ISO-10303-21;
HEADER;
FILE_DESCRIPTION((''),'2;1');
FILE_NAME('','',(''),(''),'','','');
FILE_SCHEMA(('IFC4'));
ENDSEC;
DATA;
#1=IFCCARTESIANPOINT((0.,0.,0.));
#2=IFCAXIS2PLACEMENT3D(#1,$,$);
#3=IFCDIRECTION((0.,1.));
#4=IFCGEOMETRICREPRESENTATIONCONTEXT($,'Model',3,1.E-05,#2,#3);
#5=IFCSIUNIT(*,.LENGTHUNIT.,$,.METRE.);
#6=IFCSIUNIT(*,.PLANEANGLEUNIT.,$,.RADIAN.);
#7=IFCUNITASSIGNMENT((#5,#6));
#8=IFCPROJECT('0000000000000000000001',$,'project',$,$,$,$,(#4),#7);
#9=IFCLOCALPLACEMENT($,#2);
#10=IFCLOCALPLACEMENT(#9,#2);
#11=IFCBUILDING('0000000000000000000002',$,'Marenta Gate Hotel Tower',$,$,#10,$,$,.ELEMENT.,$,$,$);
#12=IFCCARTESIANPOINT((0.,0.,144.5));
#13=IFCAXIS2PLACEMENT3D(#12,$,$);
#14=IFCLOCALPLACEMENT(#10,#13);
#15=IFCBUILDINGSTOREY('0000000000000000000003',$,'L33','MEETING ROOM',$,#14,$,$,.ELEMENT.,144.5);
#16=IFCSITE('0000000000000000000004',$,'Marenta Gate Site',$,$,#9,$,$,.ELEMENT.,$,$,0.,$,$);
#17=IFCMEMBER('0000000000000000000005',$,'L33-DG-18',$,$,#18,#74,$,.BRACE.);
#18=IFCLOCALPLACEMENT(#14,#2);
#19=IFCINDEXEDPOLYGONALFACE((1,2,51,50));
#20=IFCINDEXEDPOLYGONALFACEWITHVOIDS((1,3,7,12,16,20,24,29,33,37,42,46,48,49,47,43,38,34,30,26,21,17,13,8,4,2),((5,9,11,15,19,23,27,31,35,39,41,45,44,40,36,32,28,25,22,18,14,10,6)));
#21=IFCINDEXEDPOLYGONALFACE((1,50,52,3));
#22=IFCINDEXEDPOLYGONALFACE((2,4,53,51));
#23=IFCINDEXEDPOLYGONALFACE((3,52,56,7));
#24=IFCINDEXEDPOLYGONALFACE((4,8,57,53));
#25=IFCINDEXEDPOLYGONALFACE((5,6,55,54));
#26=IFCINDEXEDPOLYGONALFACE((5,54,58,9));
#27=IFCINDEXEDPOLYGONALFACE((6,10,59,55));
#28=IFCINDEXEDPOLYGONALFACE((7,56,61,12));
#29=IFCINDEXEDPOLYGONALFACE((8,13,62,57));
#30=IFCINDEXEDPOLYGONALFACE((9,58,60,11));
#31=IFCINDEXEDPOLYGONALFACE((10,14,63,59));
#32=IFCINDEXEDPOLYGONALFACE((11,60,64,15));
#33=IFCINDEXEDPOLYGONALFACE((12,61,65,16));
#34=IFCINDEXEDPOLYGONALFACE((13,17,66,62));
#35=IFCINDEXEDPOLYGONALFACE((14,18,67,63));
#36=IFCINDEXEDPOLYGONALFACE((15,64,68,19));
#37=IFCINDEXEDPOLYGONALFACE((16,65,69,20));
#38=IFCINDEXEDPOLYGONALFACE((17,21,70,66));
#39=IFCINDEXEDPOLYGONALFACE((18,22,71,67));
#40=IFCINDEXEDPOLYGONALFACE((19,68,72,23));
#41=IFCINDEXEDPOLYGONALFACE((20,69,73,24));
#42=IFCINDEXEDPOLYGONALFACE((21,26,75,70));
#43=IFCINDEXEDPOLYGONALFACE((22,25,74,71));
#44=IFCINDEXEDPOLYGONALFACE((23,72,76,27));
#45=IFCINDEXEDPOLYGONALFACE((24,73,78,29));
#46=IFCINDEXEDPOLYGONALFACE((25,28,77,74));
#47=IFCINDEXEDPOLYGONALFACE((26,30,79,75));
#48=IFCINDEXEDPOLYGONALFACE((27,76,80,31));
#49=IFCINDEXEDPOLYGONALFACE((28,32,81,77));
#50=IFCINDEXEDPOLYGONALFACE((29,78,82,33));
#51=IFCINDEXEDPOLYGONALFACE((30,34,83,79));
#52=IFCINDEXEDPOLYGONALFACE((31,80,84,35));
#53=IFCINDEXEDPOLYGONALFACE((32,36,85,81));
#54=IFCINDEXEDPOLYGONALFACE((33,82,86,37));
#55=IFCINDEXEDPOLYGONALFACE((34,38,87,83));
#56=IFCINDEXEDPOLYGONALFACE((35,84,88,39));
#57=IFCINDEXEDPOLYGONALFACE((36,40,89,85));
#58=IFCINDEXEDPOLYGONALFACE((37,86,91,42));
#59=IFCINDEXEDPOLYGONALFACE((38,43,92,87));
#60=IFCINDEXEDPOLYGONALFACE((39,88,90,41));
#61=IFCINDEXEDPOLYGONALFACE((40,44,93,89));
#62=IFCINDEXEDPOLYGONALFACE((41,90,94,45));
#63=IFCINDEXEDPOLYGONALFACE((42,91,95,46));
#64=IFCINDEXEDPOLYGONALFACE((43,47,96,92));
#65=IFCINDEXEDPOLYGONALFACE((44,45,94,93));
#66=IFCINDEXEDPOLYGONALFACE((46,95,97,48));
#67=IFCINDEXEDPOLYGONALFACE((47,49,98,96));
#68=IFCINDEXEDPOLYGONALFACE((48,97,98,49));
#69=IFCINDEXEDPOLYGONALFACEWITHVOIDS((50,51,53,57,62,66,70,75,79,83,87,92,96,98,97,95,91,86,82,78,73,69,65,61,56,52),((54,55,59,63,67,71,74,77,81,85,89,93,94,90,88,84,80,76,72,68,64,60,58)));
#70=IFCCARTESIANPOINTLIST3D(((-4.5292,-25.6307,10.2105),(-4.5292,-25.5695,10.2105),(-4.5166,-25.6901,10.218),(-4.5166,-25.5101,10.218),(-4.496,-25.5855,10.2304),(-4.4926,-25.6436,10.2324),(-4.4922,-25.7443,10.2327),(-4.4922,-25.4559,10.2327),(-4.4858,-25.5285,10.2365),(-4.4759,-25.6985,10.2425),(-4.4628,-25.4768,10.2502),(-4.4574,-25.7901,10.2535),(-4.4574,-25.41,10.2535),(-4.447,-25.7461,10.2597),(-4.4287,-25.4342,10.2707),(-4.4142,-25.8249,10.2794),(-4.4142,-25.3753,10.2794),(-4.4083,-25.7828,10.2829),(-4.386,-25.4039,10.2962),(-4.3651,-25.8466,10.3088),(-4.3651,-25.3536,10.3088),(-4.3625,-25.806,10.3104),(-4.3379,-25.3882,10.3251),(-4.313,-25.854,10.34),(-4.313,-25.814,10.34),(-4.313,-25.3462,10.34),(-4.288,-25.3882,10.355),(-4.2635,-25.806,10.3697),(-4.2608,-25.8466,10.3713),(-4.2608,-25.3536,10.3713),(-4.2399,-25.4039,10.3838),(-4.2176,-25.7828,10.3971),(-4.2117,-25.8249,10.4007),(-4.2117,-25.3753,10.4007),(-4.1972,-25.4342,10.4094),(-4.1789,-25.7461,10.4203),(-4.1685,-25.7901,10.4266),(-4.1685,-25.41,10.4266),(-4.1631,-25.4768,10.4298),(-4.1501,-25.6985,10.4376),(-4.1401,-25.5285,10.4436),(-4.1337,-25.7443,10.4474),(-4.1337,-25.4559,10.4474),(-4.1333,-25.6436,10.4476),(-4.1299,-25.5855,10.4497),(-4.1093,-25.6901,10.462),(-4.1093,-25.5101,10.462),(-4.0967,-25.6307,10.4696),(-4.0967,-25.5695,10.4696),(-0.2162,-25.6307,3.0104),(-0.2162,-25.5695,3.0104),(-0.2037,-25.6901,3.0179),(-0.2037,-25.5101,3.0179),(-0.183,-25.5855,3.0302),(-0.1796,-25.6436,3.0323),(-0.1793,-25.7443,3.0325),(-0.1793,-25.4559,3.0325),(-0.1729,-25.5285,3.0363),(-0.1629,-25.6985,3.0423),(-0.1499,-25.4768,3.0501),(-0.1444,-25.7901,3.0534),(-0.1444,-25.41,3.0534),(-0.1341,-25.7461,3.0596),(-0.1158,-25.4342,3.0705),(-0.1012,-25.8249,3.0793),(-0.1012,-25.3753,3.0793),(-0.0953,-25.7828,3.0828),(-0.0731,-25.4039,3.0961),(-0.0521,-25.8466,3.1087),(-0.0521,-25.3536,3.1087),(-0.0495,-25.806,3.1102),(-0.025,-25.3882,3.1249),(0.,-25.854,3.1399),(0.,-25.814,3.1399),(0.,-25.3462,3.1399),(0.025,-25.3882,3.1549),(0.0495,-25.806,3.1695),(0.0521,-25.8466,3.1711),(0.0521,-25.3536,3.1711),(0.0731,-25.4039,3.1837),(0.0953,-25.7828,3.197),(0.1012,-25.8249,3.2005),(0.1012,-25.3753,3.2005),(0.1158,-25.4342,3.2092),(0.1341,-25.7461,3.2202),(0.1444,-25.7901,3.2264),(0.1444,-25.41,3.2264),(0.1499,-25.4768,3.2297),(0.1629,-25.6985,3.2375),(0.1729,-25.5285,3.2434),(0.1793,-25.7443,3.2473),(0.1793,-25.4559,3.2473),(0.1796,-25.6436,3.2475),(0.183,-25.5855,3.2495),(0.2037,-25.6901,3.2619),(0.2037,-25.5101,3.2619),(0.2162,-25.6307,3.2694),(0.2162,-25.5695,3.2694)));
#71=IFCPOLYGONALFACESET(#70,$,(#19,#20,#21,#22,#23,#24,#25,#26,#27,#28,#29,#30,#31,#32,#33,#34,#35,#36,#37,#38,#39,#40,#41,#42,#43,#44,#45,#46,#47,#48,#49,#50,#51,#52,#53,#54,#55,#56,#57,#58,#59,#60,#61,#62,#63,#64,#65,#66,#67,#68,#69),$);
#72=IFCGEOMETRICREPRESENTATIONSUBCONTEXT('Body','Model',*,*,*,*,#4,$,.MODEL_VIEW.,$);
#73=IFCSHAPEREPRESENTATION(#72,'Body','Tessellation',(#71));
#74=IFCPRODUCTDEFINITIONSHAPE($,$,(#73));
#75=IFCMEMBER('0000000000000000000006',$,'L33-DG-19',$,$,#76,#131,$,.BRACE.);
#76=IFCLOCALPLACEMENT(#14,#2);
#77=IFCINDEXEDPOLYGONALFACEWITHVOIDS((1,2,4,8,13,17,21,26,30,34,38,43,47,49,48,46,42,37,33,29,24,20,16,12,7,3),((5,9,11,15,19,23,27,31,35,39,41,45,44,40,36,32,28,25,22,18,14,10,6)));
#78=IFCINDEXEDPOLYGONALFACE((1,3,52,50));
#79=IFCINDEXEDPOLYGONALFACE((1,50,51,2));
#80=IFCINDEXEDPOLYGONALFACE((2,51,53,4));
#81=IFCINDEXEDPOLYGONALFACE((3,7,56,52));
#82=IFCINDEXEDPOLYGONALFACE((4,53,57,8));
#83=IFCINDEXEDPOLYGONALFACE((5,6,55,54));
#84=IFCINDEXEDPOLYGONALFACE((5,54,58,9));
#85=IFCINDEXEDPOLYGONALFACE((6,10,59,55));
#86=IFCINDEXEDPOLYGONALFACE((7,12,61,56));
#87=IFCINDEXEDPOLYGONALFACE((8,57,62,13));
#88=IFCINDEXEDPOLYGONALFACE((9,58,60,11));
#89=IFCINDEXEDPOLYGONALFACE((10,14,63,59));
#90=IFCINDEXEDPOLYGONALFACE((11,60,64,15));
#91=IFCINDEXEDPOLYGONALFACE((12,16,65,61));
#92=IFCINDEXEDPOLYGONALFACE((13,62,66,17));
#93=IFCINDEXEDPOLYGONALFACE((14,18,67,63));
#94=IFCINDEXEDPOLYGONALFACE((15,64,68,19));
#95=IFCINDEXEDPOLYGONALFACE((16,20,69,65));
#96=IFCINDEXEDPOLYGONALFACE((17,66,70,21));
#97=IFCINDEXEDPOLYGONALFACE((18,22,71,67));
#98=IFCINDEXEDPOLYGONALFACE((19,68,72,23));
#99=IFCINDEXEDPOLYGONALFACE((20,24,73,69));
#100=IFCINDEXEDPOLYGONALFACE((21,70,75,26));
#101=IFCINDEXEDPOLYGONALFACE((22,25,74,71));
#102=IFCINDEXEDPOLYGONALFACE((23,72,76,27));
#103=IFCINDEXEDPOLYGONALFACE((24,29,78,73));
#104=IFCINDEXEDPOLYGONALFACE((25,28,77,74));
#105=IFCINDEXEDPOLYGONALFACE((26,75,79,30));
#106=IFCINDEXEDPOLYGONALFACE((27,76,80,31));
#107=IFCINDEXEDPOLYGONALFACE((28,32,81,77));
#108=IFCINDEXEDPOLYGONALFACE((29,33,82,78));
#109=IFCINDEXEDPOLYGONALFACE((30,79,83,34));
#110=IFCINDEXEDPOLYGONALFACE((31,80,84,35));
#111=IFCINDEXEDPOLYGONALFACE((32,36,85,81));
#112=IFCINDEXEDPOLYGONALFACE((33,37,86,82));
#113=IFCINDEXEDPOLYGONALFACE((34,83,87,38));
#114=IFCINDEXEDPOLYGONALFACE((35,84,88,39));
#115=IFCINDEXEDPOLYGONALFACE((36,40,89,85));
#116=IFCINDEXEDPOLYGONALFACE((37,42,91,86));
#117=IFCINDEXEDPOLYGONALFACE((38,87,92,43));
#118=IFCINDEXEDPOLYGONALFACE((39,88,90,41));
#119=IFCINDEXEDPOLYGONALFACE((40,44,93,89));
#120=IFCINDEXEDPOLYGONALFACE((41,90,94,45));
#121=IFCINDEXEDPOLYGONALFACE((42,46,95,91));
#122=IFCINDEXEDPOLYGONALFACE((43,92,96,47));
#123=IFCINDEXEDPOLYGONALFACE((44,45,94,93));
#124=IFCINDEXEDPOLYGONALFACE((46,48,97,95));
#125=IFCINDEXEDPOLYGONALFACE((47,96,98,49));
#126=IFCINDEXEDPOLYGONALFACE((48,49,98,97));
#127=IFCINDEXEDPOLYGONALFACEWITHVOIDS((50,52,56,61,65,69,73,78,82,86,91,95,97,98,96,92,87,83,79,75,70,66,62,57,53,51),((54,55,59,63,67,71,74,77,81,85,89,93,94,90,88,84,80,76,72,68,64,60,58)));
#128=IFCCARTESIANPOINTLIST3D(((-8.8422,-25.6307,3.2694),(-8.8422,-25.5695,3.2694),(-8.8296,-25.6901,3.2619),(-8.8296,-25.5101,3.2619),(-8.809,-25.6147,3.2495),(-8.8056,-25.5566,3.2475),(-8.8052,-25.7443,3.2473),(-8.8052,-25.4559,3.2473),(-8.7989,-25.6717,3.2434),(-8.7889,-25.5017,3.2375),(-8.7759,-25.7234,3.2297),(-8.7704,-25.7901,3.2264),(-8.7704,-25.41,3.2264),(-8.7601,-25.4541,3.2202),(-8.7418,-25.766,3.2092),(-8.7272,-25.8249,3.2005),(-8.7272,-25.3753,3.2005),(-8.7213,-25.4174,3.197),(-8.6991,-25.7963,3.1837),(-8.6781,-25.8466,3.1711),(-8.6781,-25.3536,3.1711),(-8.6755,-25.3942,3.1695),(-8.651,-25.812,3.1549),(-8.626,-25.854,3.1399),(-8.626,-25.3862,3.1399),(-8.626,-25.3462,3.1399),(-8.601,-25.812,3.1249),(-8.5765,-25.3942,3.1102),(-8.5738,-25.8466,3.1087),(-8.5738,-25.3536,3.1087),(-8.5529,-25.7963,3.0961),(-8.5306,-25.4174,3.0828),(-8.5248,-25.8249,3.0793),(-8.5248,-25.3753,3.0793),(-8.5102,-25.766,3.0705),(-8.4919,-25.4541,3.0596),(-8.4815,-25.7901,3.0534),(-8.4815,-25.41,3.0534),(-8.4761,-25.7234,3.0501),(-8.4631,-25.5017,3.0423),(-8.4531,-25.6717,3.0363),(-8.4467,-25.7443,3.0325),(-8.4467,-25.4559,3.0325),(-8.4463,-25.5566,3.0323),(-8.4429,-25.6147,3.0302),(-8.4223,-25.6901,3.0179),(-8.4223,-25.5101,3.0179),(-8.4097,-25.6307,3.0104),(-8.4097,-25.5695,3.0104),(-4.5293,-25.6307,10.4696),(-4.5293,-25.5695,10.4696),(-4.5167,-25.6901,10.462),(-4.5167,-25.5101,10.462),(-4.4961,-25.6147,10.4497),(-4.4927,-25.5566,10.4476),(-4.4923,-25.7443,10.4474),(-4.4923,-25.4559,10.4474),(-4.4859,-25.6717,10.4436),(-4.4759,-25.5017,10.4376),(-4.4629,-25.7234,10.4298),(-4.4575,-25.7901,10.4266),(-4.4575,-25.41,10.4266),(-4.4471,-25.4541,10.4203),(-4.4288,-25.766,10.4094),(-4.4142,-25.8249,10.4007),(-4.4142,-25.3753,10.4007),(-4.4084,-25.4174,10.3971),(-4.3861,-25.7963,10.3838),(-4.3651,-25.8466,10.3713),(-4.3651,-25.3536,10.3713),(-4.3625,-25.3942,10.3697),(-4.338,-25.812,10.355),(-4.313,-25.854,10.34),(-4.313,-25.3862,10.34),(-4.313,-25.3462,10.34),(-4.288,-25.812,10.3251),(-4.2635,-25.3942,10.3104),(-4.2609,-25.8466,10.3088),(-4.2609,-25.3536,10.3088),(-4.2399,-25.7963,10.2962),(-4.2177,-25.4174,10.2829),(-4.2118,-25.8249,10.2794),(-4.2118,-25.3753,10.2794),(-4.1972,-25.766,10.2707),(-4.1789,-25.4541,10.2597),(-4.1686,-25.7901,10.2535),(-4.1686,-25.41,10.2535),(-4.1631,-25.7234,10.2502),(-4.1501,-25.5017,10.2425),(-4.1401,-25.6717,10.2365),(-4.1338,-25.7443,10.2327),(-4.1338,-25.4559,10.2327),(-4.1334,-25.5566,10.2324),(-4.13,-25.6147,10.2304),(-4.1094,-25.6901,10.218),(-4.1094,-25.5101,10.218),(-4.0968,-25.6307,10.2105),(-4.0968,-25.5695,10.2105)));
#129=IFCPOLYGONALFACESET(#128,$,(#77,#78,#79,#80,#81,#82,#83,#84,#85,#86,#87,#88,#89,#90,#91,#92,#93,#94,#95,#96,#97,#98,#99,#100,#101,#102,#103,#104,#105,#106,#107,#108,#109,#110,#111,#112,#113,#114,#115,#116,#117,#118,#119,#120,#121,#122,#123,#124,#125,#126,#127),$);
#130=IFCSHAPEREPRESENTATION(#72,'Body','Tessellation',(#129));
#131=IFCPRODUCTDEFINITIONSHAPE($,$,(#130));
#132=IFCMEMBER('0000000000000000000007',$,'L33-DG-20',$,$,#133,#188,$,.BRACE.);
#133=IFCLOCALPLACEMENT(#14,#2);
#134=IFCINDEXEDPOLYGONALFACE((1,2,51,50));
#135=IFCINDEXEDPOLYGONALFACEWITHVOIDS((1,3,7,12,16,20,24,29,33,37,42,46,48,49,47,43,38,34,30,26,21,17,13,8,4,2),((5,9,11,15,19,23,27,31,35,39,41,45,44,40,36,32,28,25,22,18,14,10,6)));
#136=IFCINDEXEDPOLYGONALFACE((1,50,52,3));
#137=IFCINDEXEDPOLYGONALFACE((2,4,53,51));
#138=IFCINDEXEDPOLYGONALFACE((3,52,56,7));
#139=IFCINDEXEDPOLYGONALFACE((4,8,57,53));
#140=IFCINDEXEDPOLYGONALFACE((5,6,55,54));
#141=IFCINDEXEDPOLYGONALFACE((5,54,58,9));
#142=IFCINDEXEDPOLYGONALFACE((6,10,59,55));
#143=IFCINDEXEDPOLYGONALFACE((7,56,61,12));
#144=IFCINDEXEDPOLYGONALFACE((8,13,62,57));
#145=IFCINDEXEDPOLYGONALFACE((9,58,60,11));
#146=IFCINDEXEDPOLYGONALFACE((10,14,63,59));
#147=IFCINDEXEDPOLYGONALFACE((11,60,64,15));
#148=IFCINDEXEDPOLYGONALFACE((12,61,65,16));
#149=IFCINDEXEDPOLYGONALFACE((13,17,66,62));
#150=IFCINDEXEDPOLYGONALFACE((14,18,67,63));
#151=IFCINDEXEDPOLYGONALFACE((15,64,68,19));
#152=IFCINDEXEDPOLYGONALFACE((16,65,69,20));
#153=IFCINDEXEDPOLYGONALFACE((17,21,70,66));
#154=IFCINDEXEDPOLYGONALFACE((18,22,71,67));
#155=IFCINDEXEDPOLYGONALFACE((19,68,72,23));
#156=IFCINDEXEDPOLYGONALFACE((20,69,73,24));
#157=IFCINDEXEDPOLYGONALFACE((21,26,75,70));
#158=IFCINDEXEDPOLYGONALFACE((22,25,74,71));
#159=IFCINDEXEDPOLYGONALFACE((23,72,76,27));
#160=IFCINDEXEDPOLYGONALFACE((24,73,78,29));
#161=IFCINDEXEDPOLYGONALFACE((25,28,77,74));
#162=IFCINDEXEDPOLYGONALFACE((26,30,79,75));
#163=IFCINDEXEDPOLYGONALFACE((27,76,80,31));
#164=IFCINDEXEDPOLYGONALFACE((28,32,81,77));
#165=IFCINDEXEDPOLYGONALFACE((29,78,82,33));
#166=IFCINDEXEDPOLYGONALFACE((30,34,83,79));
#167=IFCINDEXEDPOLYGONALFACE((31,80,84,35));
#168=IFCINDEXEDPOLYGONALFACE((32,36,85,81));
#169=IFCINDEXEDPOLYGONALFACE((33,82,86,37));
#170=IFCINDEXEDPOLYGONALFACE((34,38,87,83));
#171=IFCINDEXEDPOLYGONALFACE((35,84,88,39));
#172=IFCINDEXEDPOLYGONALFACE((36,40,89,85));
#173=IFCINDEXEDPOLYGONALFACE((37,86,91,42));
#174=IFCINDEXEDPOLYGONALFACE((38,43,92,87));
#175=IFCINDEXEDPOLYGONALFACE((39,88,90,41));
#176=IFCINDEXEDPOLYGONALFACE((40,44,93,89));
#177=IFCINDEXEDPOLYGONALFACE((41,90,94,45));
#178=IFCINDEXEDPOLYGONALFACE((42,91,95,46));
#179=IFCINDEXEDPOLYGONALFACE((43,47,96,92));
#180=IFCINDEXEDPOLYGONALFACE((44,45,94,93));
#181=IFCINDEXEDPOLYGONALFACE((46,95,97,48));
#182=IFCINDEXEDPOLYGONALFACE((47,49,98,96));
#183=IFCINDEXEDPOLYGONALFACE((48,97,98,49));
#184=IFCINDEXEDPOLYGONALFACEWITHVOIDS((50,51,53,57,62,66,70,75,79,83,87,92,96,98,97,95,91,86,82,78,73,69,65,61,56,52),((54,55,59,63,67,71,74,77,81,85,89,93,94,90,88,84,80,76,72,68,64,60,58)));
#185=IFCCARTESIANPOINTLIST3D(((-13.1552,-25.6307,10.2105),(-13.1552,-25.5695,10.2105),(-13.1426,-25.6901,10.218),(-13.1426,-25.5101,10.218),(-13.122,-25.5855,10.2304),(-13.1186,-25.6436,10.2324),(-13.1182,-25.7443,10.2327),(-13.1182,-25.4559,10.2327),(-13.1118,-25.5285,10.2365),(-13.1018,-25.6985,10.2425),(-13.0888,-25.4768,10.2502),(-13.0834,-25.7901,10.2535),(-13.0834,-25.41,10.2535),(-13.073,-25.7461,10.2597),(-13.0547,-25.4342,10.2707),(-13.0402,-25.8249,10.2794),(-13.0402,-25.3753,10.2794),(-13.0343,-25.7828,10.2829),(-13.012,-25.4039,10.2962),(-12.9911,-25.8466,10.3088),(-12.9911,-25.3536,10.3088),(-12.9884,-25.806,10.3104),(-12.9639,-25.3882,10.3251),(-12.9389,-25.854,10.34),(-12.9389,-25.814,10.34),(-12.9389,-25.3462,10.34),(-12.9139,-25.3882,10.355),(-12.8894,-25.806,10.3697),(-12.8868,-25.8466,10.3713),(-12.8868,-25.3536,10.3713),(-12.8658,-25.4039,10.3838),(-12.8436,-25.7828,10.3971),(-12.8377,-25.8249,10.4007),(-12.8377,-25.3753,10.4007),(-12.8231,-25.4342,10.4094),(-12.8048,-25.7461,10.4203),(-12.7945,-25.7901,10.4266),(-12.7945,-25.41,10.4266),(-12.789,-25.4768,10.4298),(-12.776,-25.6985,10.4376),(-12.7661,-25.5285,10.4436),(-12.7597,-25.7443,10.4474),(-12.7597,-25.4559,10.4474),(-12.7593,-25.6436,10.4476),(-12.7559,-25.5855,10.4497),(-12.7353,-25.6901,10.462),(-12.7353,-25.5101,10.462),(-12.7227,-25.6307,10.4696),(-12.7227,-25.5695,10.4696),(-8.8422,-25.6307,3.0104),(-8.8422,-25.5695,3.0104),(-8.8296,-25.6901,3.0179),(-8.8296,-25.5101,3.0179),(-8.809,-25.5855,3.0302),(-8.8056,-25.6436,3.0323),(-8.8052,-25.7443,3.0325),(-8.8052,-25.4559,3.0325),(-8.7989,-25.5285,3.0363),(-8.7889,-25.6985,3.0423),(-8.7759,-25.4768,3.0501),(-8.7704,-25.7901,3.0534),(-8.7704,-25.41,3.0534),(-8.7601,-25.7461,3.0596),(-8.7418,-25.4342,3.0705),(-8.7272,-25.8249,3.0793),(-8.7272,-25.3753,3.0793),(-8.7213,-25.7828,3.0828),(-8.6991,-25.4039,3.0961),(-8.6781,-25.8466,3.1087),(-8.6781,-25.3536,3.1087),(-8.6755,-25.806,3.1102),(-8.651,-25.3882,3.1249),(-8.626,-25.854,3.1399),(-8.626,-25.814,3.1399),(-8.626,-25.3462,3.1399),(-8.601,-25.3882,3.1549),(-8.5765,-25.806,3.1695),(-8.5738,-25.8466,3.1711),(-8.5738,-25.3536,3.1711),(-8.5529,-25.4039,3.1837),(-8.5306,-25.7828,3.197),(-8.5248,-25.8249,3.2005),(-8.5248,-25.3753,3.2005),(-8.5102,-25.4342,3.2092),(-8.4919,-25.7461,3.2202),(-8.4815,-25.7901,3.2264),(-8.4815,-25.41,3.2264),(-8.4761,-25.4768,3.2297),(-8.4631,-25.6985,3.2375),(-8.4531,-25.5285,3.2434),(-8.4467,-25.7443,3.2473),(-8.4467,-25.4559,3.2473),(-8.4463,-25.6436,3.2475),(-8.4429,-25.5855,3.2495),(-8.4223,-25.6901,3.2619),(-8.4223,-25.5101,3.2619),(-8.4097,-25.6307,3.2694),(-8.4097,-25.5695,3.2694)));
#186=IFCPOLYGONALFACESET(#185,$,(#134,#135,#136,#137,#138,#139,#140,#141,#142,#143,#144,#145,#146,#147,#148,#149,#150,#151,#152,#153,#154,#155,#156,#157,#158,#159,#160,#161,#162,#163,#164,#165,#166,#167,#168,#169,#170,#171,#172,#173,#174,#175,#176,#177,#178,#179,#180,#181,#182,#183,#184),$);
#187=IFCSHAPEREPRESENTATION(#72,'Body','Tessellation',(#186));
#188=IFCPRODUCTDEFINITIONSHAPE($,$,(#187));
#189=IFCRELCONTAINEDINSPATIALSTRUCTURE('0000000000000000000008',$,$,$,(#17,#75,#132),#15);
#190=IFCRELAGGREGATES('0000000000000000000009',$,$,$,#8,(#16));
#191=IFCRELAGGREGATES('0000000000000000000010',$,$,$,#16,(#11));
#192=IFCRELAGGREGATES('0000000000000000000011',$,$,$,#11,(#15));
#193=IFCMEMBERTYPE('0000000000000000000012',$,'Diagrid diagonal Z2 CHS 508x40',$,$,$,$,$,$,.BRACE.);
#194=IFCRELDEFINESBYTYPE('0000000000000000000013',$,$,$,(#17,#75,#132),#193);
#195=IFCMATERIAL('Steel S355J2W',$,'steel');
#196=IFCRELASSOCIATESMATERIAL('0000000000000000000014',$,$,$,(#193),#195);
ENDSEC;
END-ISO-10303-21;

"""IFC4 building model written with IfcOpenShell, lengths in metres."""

from ifc_helpers import new_model, si_unit, direction, frame, origin, origin_2d, place, context, subcontext, project, spatial, hollow_circle, extrude, material, material_profile, profile_set, type_object, element, save


model = new_model("IFC4")

# Units and contexts
model_context = context("Model", 3, precision=1e-05, world=origin(), true_north=direction((0.0, 1.0)))
body_context = subcontext(model_context, "Body", "Model", "MODEL_VIEW")
ifc_project = project(units=[si_unit("LENGTHUNIT", "METRE"), si_unit("PLANEANGLEUNIT", "RADIAN")], contexts=[model_context])

# Site, building, storey
site_placement = place(None, origin())
site = spatial("IfcSite", under=ifc_project, at=site_placement, Name="Marenta Gate Site", CompositionType="ELEMENT", RefElevation=0.0)
building_placement = place(site_placement, origin())
building = spatial("IfcBuilding", under=site, at=building_placement, Name="Marenta Gate Hotel Tower", CompositionType="ELEMENT")
storey_placement = place(building_placement, frame((0.0, 0.0, 144.5)))
storey = spatial("IfcBuildingStorey", under=building, at=storey_placement, Name="L33", Description="MEETING ROOM", CompositionType="ELEMENT", Elevation=144.5)

# Members
ifc_material_1 = material(Name="Steel S355J2W", Category="steel")
ifc_material_profile_1 = material_profile(ifc_material_1, hollow_circle(Radius=0.2539, WallThickness=0.04, at=origin_2d()), Name="CHS 508x40")
ifc_profile_set_1 = profile_set([ifc_material_profile_1], Name="Steel S355J2W")
member_type_1 = type_object("IfcMemberType", Name="Diagrid diagonal Z2 CHS 508x40", PredefinedType="BRACE", material=ifc_profile_set_1)
for number, where, z_axis, x_axis, name in (
    (1, (0.0, -25.6001, 3.1399), (-0.513871, 0.0, 0.857867), (0.0, -1.0, 0.0), "L33-DG-18"),
    (2, (-8.626, -25.6001, 3.1399), (0.513871, 0.0, 0.857867), (0.0, 1.0, 0.0), "L33-DG-19"),
    (3, (-8.626, -25.6001, 3.1399), (-0.513871, 0.0, 0.857867), (0.0, -1.0, 0.0), "L33-DG-20"),
):
    element("IfcMember", number, at=place(storey_placement, frame(where, z_axis=z_axis, x_axis=x_axis)), inside=storey, type_object=member_type_1, Name=name, PredefinedType="BRACE", context=body_context, shape_type="SweptSolid", body=[
        extrude(hollow_circle(Radius=0.2539, WallThickness=0.04, at=origin_2d()), origin(), (0.0, 0.0, 1.0), 8.3931),
    ])

save(model, "model.ifc")
